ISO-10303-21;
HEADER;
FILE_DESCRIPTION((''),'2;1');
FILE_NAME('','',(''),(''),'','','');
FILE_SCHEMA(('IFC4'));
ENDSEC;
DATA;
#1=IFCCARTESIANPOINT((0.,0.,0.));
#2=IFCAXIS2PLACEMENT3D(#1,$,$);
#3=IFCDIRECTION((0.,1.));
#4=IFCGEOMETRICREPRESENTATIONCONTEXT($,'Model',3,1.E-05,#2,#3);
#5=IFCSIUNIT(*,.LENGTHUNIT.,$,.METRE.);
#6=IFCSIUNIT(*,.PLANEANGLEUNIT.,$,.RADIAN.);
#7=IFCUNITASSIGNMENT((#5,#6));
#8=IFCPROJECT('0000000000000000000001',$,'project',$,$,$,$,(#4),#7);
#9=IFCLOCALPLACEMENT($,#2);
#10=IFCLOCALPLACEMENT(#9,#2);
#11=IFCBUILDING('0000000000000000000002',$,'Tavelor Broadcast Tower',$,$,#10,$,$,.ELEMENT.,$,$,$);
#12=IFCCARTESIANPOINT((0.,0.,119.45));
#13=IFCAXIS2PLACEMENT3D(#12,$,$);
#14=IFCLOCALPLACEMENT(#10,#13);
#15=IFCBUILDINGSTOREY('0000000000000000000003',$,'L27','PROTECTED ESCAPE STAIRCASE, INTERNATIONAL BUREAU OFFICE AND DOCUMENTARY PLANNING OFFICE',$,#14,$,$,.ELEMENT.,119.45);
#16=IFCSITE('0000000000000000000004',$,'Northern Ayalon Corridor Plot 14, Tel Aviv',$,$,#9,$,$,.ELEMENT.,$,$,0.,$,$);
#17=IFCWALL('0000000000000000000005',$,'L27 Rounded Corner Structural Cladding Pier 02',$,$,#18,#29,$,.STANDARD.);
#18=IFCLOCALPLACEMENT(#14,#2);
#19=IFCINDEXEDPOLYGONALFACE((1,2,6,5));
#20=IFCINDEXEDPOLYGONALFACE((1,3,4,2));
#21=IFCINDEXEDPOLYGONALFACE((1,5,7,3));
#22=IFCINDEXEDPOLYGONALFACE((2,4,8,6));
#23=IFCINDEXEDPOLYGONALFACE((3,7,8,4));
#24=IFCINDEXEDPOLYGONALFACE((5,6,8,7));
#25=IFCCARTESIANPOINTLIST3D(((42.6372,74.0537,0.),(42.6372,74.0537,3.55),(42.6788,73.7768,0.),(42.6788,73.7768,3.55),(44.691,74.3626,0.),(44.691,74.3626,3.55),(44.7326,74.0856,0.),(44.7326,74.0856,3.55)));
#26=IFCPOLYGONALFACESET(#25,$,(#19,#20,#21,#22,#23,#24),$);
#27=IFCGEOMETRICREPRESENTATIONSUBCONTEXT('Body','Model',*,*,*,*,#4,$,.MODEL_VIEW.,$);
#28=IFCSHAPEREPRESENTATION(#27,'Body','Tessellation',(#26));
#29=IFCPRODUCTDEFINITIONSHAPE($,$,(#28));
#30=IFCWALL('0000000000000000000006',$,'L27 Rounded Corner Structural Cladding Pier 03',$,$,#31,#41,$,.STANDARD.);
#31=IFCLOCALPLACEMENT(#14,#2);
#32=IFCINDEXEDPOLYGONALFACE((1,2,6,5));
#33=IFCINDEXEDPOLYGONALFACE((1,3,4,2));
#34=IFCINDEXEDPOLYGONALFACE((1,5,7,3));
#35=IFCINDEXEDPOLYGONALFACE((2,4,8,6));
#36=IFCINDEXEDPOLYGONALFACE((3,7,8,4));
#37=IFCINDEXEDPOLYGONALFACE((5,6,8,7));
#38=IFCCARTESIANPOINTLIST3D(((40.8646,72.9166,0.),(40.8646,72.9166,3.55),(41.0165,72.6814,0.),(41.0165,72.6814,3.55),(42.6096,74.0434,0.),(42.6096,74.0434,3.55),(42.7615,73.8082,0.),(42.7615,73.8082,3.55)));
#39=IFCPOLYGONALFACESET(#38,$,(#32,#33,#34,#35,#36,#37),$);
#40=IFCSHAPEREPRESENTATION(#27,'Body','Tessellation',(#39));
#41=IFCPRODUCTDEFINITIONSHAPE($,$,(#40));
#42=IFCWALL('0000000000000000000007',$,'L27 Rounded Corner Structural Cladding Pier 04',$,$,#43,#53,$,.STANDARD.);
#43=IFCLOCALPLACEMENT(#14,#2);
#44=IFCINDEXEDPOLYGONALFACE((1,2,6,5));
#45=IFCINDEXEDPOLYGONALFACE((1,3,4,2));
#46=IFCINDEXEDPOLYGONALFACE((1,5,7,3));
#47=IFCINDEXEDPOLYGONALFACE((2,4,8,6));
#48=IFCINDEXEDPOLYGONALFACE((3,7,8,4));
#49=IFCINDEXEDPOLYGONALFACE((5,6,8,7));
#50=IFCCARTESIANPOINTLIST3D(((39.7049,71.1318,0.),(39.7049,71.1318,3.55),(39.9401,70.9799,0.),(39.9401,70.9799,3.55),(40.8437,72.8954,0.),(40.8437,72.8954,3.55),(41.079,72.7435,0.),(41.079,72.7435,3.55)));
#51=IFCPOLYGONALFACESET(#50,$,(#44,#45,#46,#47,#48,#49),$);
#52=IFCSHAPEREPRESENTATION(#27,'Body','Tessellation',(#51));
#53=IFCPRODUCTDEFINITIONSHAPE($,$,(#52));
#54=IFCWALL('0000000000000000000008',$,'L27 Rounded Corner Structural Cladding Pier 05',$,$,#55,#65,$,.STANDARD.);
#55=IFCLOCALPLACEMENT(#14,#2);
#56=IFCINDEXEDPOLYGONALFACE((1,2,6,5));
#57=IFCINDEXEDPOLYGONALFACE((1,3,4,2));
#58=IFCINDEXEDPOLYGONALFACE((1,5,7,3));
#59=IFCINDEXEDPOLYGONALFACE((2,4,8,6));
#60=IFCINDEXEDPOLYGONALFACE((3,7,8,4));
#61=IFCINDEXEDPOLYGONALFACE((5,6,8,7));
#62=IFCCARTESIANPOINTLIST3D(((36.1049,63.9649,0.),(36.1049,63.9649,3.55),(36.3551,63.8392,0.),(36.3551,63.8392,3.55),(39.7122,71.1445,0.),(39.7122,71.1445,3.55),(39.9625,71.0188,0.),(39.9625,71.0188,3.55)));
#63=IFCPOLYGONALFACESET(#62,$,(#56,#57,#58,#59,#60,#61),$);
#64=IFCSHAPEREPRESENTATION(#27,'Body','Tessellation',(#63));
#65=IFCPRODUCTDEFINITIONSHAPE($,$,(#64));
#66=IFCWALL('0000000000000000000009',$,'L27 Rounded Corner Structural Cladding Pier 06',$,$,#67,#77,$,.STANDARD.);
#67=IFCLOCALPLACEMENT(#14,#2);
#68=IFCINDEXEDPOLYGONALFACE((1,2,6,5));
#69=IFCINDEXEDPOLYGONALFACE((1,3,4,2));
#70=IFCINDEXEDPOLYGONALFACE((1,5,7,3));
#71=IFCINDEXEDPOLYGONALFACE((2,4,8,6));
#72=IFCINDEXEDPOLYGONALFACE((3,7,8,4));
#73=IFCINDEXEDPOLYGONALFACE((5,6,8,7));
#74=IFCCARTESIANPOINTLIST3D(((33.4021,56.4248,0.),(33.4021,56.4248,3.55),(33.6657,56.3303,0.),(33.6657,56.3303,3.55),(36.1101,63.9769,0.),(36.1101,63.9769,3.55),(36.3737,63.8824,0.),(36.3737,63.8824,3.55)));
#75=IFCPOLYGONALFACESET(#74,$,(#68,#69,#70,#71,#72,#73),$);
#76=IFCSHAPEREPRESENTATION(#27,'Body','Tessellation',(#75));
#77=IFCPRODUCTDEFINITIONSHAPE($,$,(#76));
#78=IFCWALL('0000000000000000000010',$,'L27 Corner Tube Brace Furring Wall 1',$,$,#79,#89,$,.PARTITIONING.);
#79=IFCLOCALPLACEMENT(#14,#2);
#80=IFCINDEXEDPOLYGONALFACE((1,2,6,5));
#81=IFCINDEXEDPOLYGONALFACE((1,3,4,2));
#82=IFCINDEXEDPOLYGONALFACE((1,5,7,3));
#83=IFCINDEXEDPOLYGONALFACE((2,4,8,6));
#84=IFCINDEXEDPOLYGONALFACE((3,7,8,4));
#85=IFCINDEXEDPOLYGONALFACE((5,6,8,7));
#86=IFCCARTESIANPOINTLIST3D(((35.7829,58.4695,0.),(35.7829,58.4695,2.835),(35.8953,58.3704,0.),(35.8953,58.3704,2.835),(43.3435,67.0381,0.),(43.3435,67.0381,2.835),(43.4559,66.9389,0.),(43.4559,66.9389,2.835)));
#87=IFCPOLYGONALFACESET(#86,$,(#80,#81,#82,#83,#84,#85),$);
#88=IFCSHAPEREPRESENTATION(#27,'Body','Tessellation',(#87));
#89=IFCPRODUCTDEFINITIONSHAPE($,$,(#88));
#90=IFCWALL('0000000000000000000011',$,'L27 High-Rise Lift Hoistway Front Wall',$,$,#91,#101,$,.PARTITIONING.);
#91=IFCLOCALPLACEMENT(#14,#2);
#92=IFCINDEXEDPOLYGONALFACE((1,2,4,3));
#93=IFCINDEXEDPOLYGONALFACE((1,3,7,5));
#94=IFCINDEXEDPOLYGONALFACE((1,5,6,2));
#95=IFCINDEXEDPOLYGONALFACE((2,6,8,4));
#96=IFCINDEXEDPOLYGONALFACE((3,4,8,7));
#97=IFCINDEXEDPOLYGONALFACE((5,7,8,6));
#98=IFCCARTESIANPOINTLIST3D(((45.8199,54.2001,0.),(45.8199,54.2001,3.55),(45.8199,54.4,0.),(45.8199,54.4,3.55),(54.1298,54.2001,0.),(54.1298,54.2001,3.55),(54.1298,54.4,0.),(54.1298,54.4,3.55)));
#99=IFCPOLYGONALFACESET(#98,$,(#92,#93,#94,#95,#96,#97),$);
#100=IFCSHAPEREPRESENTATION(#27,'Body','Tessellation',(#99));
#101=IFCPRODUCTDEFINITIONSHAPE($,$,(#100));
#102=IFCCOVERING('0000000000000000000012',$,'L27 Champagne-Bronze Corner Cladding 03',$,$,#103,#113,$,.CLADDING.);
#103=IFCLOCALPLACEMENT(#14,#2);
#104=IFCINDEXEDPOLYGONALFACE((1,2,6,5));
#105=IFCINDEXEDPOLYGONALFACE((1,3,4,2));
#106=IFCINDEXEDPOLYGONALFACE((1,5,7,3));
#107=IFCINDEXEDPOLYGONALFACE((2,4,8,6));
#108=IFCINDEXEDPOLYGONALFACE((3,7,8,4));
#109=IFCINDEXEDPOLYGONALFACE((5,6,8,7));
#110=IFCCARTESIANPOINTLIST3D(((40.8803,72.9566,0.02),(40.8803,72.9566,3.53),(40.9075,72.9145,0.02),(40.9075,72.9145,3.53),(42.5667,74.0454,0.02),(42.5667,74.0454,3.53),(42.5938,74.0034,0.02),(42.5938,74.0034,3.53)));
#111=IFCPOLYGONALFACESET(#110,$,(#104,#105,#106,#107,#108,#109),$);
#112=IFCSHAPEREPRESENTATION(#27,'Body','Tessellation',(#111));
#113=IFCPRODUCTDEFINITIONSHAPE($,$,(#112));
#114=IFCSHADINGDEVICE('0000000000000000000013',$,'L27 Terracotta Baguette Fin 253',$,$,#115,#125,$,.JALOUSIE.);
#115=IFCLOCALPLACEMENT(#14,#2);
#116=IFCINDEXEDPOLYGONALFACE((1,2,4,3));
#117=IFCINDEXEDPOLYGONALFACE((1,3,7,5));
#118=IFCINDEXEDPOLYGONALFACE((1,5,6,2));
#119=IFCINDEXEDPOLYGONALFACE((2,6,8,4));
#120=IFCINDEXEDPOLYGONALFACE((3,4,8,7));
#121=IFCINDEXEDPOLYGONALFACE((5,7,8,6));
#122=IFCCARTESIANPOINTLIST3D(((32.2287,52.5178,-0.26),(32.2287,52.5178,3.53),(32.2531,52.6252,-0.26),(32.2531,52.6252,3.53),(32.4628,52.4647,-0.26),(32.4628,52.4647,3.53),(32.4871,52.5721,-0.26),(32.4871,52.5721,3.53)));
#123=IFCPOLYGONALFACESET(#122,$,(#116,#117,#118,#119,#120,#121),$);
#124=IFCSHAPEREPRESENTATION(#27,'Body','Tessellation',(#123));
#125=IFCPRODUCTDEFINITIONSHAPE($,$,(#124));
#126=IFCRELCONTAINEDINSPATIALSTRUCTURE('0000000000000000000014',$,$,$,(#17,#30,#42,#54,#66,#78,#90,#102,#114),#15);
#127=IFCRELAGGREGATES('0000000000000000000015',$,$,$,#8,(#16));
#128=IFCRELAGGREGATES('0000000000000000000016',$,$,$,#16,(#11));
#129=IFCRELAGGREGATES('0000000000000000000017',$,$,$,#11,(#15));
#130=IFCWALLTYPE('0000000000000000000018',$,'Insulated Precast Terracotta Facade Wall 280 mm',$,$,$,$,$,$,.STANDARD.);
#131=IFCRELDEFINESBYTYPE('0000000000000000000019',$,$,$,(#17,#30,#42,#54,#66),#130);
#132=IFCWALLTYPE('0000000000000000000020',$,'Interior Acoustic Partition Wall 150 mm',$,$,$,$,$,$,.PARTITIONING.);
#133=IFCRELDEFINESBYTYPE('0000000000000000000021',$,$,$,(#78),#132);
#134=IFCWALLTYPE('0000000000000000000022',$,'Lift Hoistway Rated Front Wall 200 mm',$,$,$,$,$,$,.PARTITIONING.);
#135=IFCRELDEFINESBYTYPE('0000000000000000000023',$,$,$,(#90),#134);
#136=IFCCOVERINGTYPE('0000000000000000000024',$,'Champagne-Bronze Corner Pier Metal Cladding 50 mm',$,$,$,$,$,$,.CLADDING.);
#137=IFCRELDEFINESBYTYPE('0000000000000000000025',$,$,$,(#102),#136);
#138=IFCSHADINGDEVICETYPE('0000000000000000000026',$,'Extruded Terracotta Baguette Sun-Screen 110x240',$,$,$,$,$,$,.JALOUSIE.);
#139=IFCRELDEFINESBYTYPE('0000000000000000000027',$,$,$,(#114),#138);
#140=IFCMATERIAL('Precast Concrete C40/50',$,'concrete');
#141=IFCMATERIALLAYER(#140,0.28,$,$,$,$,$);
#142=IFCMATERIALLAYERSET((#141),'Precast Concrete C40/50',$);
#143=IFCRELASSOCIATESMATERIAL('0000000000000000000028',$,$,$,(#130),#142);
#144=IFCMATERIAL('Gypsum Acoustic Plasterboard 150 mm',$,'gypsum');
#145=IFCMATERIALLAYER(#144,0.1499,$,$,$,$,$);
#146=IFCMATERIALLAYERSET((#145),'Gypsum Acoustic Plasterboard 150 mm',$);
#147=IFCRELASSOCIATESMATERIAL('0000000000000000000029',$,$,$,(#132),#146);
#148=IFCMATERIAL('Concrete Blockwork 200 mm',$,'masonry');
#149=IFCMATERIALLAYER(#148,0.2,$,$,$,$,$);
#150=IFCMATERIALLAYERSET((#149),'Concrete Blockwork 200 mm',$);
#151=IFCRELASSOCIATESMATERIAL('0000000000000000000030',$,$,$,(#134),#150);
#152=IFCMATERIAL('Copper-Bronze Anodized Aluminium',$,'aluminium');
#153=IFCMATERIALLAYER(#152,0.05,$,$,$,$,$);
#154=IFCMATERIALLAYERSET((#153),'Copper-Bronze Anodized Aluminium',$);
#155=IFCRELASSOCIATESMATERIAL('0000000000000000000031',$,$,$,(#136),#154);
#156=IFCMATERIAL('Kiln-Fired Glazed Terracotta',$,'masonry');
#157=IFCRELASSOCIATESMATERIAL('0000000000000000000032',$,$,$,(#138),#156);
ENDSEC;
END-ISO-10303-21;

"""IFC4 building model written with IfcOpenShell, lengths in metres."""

from ifc_helpers import new_model, si_unit, direction, frame, frame_2d, origin, origin_2d, place, context, subcontext, project, spatial, rectangle, extrude, source, transform, mapped, material, layer, layer_set, type_object, type_shapes, element, save


model = new_model("IFC4")

# Units and contexts
model_context = context("Model", 3, precision=1e-05, world=origin(), true_north=direction((0.0, 1.0)))
body_context = subcontext(model_context, "Body", "Model", "MODEL_VIEW")
ifc_project = project(units=[si_unit("LENGTHUNIT", "METRE"), si_unit("PLANEANGLEUNIT", "RADIAN")], contexts=[model_context])

# Site, building, storey
site_placement = place(None, origin())
site = spatial("IfcSite", under=ifc_project, at=site_placement, Name="Northern Ayalon Corridor Plot 14, Tel Aviv", CompositionType="ELEMENT", RefElevation=0.0)
building_placement = place(site_placement, origin())
building = spatial("IfcBuilding", under=site, at=building_placement, Name="Tavelor Broadcast Tower", CompositionType="ELEMENT")
storey_placement = place(building_placement, frame((0.0, 0.0, 119.45)))
storey = spatial("IfcBuildingStorey", under=building, at=storey_placement, Name="L27", Description="PROTECTED ESCAPE STAIRCASE, INTERNATIONAL BUREAU OFFICE AND DOCUMENTARY PLANNING OFFICE", CompositionType="ELEMENT", Elevation=119.45)

# Walls
ifc_material_1 = material(Name="Precast Concrete C40/50", Category="concrete")
ifc_layer_1 = layer(ifc_material_1, 0.28)
ifc_layer_set_1 = layer_set([ifc_layer_1], Name="Precast Concrete C40/50")
wall_type_1 = type_object("IfcWallType", Name="Insulated Precast Terracotta Facade Wall 280 mm", PredefinedType="STANDARD", material=ifc_layer_set_1)
wall_1_placement = place(storey_placement, frame((44.7119, 74.2241, 0.0), z_axis=(0.0, 0.0, 1.0), x_axis=(-0.988881, -0.148708, 0.0)))
element("IfcWall", 1, at=wall_1_placement, inside=storey, type_object=wall_type_1, Name="L27 Rounded Corner Structural Cladding Pier 02", PredefinedType="STANDARD", context=body_context, shape_type="SweptSolid", body=[
    extrude(rectangle(XDim=2.0769, YDim=0.28, at=frame_2d((1.0386, 0.0))), origin(), (0.0, 0.0, 1.0), 3.55),
])
wall_2_placement = place(storey_placement, frame((42.6855, 73.9258, 0.0), z_axis=(0.0, 0.0, 1.0), x_axis=(-0.840081, -0.542461, 0.0)))
element("IfcWall", 2, at=wall_2_placement, inside=storey, type_object=wall_type_1, Name="L27 Rounded Corner Structural Cladding Pier 03", PredefinedType="STANDARD", context=body_context, shape_type="SweptSolid", body=[
    extrude(rectangle(XDim=2.0771, YDim=0.28, at=frame_2d((1.0386, 0.0))), origin(), (0.0, 0.0, 1.0), 3.55),
])
wall_3_placement = place(storey_placement, frame((40.9614, 72.8196, 0.0), z_axis=(0.0, 0.0, 1.0), x_axis=(-0.542484, -0.840066, 0.0)))
element("IfcWall", 3, at=wall_3_placement, inside=storey, type_object=wall_type_1, Name="L27 Rounded Corner Structural Cladding Pier 04", PredefinedType="STANDARD", context=body_context, shape_type="SweptSolid", body=[
    extrude(rectangle(XDim=2.0994, YDim=0.28, at=frame_2d((1.0498, 0.0))), origin(), (0.0, 0.0, 1.0), 3.55),
])
wall_4_placement = place(storey_placement, frame((39.8374, 71.0818, 0.0), z_axis=(0.0, 0.0, 1.0), x_axis=(-0.448963, -0.89355, 0.0)))
element("IfcWall", 4, at=wall_4_placement, inside=storey, type_object=wall_type_1, Name="L27 Rounded Corner Structural Cladding Pier 05", PredefinedType="STANDARD", context=body_context, shape_type="SweptSolid", body=[
    extrude(rectangle(XDim=8.0349, YDim=0.28, at=frame_2d((4.0176, 0.0))), origin(), (0.0, 0.0, 1.0), 3.55),
])
wall_5_placement = place(storey_placement, frame((36.2419, 63.9297, 0.0), z_axis=(0.0, 0.0, 1.0), x_axis=(-0.337537, -0.941312, 0.0)))
element("IfcWall", 5, at=wall_5_placement, inside=storey, type_object=wall_type_1, Name="L27 Rounded Corner Structural Cladding Pier 06", PredefinedType="STANDARD", context=body_context, shape_type="SweptSolid", body=[
    extrude(rectangle(XDim=8.0229, YDim=0.28, at=frame_2d((4.0115, 0.0))), origin(), (0.0, 0.0, 1.0), 3.55),
])
ifc_material_2 = material(Name="Gypsum Acoustic Plasterboard 150 mm", Category="gypsum")
ifc_layer_2 = layer(ifc_material_2, 0.1499)
ifc_layer_set_2 = layer_set([ifc_layer_2], Name="Gypsum Acoustic Plasterboard 150 mm")
wall_type_2 = type_object("IfcWallType", Name="Interior Acoustic Partition Wall 150 mm", PredefinedType="PARTITIONING", material=ifc_layer_set_2)
wall_6_placement = place(storey_placement, frame((43.3997, 66.9885, 0.0), z_axis=(0.0, 0.0, 1.0), x_axis=(-0.661622, -0.749837, 0.0)))
element("IfcWall", 6, at=wall_6_placement, inside=storey, type_object=wall_type_2, Name="L27 Corner Tube Brace Furring Wall 1", PredefinedType="PARTITIONING", context=body_context, shape_type="SweptSolid", body=[
    extrude(rectangle(XDim=11.4272, YDim=0.1499, at=frame_2d((5.7136, 0.0))), origin(), (0.0, 0.0, 1.0), 2.835),
])
ifc_material_3 = material(Name="Concrete Blockwork 200 mm", Category="masonry")
ifc_layer_3 = layer(ifc_material_3, 0.2)
ifc_layer_set_3 = layer_set([ifc_layer_3], Name="Concrete Blockwork 200 mm")
wall_type_3 = type_object("IfcWallType", Name="Lift Hoistway Rated Front Wall 200 mm", PredefinedType="PARTITIONING", material=ifc_layer_set_3)
wall_7_placement = place(storey_placement, frame((45.8201, 54.3, 0.0), z_axis=(0.0, 0.0, 1.0), x_axis=(1.0, 0.0, 0.0)))
element("IfcWall", 7, at=wall_7_placement, inside=storey, type_object=wall_type_3, Name="L27 High-Rise Lift Hoistway Front Wall", PredefinedType="PARTITIONING", context=body_context, shape_type="SweptSolid", body=[
    extrude(rectangle(XDim=8.3098, YDim=0.2, at=frame_2d((4.1548, 0.0))), origin(), (0.0, 0.0, 1.0), 3.55),
])

# Covering
ifc_material_4 = material(Name="Copper-Bronze Anodized Aluminium", Category="aluminium")
ifc_layer_4 = layer(ifc_material_4, 0.05)
ifc_layer_set_4 = layer_set([ifc_layer_4], Name="Copper-Bronze Anodized Aluminium")
covering_type = type_object("IfcCoveringType", Name="Champagne-Bronze Corner Pier Metal Cladding 50 mm", PredefinedType="CLADDING", material=ifc_layer_set_4)
covering_placement = place(storey_placement, frame((41.7371, 73.48, 0.02), z_axis=(0.0, 0.0, 1.0), x_axis=(-0.840094, -0.542442, 0.0)))
element("IfcCovering", 8, at=covering_placement, inside=storey, type_object=covering_type, Name="L27 Champagne-Bronze Corner Cladding 03", PredefinedType="CLADDING", context=body_context, shape_type="SweptSolid", body=[
    extrude(rectangle(XDim=2.0073, YDim=0.05, at=origin_2d()), origin(), (0.0, 0.0, 1.0), 3.51),
])

# Shading device
ifc_material_5 = material(Name="Kiln-Fired Glazed Terracotta", Category="masonry")
shading_device_type = type_object("IfcShadingDeviceType", Name="Extruded Terracotta Baguette Sun-Screen 110x240", PredefinedType="JALOUSIE", material=ifc_material_5)
shared_shape_1 = source(origin(), body_context, "Body", "SweptSolid", [
    extrude(rectangle(XDim=0.1101, YDim=0.24, at=origin_2d()), origin(), (0.0, 0.0, 1.0), 3.79),
])
type_shapes(shading_device_type, [shared_shape_1])
shading_device_placement = place(storey_placement, frame((32.3579, 52.5449, -0.26), z_axis=(0.0, 0.0, 1.0), x_axis=(-0.221208, -0.975227, 0.0)))
element("IfcShadingDevice", 9, at=shading_device_placement, inside=storey, type_object=shading_device_type, Name="L27 Terracotta Baguette Fin 253", PredefinedType="JALOUSIE", context=body_context, shape_type="MappedRepresentation", body=[
    mapped(shared_shape_1, transform((0.0, 0.0, 0.0), scale=1.0)),
])

save(model, "model.ifc")
